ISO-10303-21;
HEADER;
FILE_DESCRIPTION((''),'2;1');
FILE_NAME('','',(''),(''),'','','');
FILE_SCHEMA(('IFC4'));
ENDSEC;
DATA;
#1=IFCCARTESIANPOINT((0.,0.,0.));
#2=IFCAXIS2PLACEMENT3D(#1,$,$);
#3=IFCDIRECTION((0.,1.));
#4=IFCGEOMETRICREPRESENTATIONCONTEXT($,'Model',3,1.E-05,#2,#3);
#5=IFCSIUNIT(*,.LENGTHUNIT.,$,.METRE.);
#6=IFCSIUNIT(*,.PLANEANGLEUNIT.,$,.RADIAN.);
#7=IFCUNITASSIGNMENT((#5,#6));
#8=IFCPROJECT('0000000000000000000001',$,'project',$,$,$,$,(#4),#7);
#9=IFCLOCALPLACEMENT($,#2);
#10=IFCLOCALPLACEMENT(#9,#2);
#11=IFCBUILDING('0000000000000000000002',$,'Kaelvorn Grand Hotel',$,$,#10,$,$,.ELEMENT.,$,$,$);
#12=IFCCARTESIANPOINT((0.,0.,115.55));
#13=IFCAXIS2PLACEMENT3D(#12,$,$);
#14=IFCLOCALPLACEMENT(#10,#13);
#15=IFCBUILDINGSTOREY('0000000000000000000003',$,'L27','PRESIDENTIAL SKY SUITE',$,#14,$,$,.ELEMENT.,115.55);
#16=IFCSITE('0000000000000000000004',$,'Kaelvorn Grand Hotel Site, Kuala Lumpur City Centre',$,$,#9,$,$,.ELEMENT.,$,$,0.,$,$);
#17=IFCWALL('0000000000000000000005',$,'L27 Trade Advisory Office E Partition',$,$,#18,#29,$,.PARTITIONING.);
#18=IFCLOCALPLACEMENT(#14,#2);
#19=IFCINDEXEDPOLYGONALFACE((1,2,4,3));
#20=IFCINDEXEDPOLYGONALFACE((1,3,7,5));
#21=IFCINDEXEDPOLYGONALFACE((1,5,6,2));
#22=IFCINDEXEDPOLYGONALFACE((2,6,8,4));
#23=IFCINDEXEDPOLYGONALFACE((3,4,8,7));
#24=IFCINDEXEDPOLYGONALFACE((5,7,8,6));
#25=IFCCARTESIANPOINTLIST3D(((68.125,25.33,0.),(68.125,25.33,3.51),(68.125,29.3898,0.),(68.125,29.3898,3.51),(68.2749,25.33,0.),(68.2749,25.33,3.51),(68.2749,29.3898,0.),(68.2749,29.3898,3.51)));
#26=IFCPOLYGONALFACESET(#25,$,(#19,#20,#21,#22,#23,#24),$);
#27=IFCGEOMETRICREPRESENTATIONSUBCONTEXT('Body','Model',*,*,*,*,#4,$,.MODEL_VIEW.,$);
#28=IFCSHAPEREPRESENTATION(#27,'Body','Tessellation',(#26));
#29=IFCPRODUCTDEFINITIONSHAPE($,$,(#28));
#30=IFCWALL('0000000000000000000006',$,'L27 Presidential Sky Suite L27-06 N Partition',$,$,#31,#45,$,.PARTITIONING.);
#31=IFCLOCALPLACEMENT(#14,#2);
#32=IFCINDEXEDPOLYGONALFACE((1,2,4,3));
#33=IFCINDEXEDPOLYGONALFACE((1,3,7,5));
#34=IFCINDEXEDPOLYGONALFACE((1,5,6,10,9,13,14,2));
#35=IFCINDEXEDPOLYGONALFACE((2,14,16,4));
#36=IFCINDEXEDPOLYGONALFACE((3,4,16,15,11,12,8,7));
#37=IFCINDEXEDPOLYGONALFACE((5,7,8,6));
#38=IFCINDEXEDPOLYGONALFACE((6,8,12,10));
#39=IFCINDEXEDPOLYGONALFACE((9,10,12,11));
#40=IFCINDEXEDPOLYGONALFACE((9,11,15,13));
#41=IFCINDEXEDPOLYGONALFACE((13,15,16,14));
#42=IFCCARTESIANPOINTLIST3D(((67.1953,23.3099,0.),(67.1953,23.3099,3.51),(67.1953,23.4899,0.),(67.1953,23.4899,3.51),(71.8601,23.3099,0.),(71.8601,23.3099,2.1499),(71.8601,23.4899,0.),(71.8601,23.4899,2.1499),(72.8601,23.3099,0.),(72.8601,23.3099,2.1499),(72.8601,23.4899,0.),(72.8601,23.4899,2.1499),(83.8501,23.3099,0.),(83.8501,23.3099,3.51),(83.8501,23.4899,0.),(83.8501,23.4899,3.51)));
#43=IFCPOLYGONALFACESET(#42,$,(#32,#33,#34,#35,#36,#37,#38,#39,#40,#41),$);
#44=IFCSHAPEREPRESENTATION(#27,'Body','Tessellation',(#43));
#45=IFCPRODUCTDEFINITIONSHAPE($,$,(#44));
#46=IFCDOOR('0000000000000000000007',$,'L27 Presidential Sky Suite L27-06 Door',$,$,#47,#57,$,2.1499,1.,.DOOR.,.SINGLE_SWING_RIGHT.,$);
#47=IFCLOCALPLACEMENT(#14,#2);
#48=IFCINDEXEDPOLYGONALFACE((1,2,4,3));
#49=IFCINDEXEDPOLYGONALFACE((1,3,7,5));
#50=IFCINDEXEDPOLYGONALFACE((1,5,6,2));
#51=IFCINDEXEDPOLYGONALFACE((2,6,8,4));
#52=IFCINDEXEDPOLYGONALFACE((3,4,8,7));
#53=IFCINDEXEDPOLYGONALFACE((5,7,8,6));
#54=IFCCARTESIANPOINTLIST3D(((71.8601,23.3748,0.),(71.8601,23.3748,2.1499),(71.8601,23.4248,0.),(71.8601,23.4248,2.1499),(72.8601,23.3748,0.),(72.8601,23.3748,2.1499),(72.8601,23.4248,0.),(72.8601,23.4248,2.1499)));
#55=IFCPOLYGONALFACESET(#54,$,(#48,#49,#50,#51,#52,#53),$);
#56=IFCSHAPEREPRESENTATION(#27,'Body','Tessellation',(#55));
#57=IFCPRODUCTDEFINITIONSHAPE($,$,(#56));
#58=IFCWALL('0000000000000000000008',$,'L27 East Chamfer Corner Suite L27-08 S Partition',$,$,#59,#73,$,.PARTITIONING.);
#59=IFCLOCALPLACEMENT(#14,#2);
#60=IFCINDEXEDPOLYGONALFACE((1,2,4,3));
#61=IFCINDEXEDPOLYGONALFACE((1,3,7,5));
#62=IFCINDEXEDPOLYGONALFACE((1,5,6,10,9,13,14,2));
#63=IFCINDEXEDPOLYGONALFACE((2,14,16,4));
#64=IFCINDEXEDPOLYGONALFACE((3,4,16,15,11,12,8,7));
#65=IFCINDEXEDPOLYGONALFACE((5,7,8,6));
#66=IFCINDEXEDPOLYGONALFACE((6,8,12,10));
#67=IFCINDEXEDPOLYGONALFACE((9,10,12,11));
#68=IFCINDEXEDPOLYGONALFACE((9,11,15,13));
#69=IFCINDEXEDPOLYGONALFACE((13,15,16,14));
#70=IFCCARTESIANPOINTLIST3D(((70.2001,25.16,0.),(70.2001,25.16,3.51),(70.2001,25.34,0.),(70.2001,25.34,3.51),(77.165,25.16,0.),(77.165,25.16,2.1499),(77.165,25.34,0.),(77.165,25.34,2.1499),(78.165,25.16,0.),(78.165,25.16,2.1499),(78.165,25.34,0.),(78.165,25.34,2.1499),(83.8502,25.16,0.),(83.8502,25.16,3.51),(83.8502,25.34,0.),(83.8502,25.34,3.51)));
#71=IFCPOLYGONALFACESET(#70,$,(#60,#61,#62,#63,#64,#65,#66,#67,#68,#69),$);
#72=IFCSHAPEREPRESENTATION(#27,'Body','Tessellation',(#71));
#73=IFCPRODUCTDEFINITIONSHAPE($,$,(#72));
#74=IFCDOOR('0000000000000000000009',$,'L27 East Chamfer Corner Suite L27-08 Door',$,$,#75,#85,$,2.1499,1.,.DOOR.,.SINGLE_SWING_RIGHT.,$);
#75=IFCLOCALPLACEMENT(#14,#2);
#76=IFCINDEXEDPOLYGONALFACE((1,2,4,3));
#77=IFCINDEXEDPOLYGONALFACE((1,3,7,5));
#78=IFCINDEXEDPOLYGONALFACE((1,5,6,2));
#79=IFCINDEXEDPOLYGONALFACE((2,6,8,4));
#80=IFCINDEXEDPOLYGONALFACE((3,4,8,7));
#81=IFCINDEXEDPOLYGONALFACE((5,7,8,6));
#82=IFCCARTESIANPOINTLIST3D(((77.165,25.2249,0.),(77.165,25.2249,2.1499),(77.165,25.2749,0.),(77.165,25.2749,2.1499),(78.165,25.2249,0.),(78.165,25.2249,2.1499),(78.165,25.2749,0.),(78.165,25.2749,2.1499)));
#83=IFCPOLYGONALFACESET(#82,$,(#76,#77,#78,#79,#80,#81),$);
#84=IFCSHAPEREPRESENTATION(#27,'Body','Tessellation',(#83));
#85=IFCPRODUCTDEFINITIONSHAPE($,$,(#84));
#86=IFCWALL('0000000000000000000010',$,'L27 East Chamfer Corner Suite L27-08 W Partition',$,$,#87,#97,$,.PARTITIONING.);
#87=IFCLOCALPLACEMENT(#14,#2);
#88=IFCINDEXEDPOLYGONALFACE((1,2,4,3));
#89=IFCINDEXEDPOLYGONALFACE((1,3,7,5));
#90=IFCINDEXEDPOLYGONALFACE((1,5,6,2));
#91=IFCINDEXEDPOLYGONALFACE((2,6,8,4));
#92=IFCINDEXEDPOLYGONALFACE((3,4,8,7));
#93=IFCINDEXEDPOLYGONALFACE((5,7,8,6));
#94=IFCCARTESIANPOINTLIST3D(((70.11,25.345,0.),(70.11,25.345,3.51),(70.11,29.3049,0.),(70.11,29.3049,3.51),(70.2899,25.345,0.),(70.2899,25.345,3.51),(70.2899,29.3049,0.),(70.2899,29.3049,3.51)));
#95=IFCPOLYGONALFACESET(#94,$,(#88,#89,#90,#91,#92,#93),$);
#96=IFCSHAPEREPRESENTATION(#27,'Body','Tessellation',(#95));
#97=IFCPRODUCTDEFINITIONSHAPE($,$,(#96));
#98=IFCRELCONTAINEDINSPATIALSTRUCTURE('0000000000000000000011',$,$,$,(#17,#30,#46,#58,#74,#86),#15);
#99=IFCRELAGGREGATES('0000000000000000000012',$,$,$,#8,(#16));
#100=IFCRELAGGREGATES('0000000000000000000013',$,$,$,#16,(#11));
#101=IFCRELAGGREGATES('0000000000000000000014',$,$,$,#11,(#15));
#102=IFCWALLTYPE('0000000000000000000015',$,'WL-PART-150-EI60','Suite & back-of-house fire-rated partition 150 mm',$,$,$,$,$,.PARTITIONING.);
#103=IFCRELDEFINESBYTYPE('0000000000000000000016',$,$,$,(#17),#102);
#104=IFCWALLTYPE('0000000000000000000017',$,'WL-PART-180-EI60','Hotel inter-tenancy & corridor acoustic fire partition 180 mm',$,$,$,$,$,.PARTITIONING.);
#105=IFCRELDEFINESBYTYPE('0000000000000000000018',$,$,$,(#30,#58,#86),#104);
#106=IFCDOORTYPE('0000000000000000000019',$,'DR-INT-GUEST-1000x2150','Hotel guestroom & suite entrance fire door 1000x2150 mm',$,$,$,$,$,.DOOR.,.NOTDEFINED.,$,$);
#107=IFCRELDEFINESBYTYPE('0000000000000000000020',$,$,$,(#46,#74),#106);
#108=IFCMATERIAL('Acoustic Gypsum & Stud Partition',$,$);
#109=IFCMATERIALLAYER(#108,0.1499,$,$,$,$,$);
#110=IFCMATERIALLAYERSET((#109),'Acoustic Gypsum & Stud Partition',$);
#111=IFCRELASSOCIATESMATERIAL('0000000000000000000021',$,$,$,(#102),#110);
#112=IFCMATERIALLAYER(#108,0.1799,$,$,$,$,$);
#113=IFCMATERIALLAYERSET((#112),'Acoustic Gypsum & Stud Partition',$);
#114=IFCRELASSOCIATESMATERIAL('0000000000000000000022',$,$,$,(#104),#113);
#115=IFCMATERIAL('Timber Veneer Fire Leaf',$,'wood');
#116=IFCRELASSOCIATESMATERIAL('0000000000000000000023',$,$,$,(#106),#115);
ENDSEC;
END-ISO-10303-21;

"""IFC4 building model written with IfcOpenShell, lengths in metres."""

from ifc_helpers import new_model, si_unit, direction, frame, frame_2d, origin, place, context, subcontext, project, spatial, rectangle, extrude, material, layer, layer_set, type_object, element, fill, save


model = new_model("IFC4")

# Units and contexts
model_context = context("Model", 3, precision=1e-05, world=origin(), true_north=direction((0.0, 1.0)))
body_context = subcontext(model_context, "Body", "Model", "MODEL_VIEW")
ifc_project = project(units=[si_unit("LENGTHUNIT", "METRE"), si_unit("PLANEANGLEUNIT", "RADIAN")], contexts=[model_context])

# Site, building, storey
site_placement = place(None, origin())
site = spatial("IfcSite", under=ifc_project, at=site_placement, Name="Kaelvorn Grand Hotel Site, Kuala Lumpur City Centre", CompositionType="ELEMENT", RefElevation=0.0)
building_placement = place(site_placement, origin())
building = spatial("IfcBuilding", under=site, at=building_placement, Name="Kaelvorn Grand Hotel", CompositionType="ELEMENT")
storey_placement = place(building_placement, frame((0.0, 0.0, 115.55)))
storey = spatial("IfcBuildingStorey", under=building, at=storey_placement, Name="L27", Description="PRESIDENTIAL SKY SUITE", CompositionType="ELEMENT", Elevation=115.55)

# Wall
ifc_material_1 = material(Name="Acoustic Gypsum & Stud Partition")
ifc_layer_1 = layer(ifc_material_1, 0.1499)
ifc_layer_set_1 = layer_set([ifc_layer_1], Name="Acoustic Gypsum & Stud Partition")
wall_type_1 = type_object("IfcWallType", Name="WL-PART-150-EI60", Description="Suite & back-of-house fire-rated partition 150 mm", PredefinedType="PARTITIONING", material=ifc_layer_set_1)
wall_1_placement = place(storey_placement, frame((68.2, 25.3301, 0.0), z_axis=(0.0, 0.0, 1.0), x_axis=(0.0, 1.0, 0.0)))
element("IfcWall", 1, at=wall_1_placement, inside=storey, type_object=wall_type_1, Name="L27 Trade Advisory Office E Partition", PredefinedType="PARTITIONING", context=body_context, shape_type="SweptSolid", body=[
    extrude(rectangle(XDim=4.0598, YDim=0.1499, at=frame_2d((2.0298, 0.0))), origin(), (0.0, 0.0, 1.0), 3.51),
])

# Walls, openings, doors
ifc_layer_2 = layer(ifc_material_1, 0.1799)
ifc_layer_set_2 = layer_set([ifc_layer_2], Name="Acoustic Gypsum & Stud Partition")
wall_type_2 = type_object("IfcWallType", Name="WL-PART-180-EI60", Description="Hotel inter-tenancy & corridor acoustic fire partition 180 mm", PredefinedType="PARTITIONING", material=ifc_layer_set_2)
wall_2_placement = place(storey_placement, frame((67.1953, 23.3999, 0.0), z_axis=(0.0, 0.0, 1.0), x_axis=(1.0, 0.0, 0.0)))
wall_2 = element("IfcWall", 2, at=wall_2_placement, inside=storey, type_object=wall_type_2, Name="L27 Presidential Sky Suite L27-06 N Partition", PredefinedType="PARTITIONING", context=body_context, shape_type="SweptSolid", body=[
    extrude(rectangle(XDim=16.6548, YDim=0.1799, at=frame_2d((8.3274, 0.0))), origin(), (0.0, 0.0, 1.0), 3.51),
])
opening_1_placement = place(wall_2_placement, frame((4.6648, 0.0, 0.0)))
opening_1 = element("IfcOpeningElement", 3, at=opening_1_placement, cuts=wall_2, PredefinedType="OPENING", context=body_context, shape_type="SweptSolid", body=[
    extrude(rectangle(XDim=1.0, YDim=2.1499, at=frame_2d((0.5, 1.075))), frame((0.0, 0.1001, 0.0), z_axis=(0.0, -1.0, 0.0), x_axis=(1.0, 0.0, 0.0)), (0.0, 0.0, 1.0), 0.2),
])
ifc_material_2 = material(Name="Timber Veneer Fire Leaf", Category="wood")
door_type_1 = type_object("IfcDoorType", Name="DR-INT-GUEST-1000x2150", Description="Hotel guestroom & suite entrance fire door 1000x2150 mm", OperationType="NOTDEFINED", PredefinedType="DOOR", material=ifc_material_2)
door_1_placement = place(opening_1_placement, origin())
door_1 = element("IfcDoor", 4, at=door_1_placement, inside=storey, type_object=door_type_1, Name="L27 Presidential Sky Suite L27-06 Door", OperationType="SINGLE_SWING_RIGHT", OverallHeight=2.1499, OverallWidth=1.0, PredefinedType="DOOR", context=body_context, shape_type="SweptSolid", body=[
    extrude(rectangle(XDim=1.0, YDim=2.1499, at=frame_2d((0.5, 1.075))), frame((0.0, 0.0249, 0.0), z_axis=(0.0, -1.0, 0.0), x_axis=(1.0, 0.0, 0.0)), (0.0, 0.0, 1.0), 0.05),
])
fill(opening_1, door_1)
wall_3_placement = place(storey_placement, frame((70.2, 25.25, 0.0), z_axis=(0.0, 0.0, 1.0), x_axis=(1.0, 0.0, 0.0)))
wall_3 = element("IfcWall", 5, at=wall_3_placement, inside=storey, type_object=wall_type_2, Name="L27 East Chamfer Corner Suite L27-08 S Partition", PredefinedType="PARTITIONING", context=body_context, shape_type="SweptSolid", body=[
    extrude(rectangle(XDim=13.6501, YDim=0.1799, at=frame_2d((6.8252, 0.0))), origin(), (0.0, 0.0, 1.0), 3.51),
])
opening_2_placement = place(wall_3_placement, frame((6.9651, 0.0, 0.0)))
opening_2 = element("IfcOpeningElement", 6, at=opening_2_placement, cuts=wall_3, PredefinedType="OPENING", context=body_context, shape_type="SweptSolid", body=[
    extrude(rectangle(XDim=1.0, YDim=2.1499, at=frame_2d((0.5, 1.075))), frame((0.0, 0.1001, 0.0), z_axis=(0.0, -1.0, 0.0), x_axis=(1.0, 0.0, 0.0)), (0.0, 0.0, 1.0), 0.2),
])
door_2_placement = place(opening_2_placement, origin())
door_2 = element("IfcDoor", 7, at=door_2_placement, inside=storey, type_object=door_type_1, Name="L27 East Chamfer Corner Suite L27-08 Door", OperationType="SINGLE_SWING_RIGHT", OverallHeight=2.1499, OverallWidth=1.0, PredefinedType="DOOR", context=body_context, shape_type="SweptSolid", body=[
    extrude(rectangle(XDim=1.0, YDim=2.1499, at=frame_2d((0.5, 1.075))), frame((0.0, 0.0249, 0.0), z_axis=(0.0, -1.0, 0.0), x_axis=(1.0, 0.0, 0.0)), (0.0, 0.0, 1.0), 0.05),
])
fill(opening_2, door_2)

# Wall
wall_4_placement = place(storey_placement, frame((70.2, 25.345, 0.0), z_axis=(0.0, 0.0, 1.0), x_axis=(0.0, 1.0, 0.0)))
element("IfcWall", 8, at=wall_4_placement, inside=storey, type_object=wall_type_2, Name="L27 East Chamfer Corner Suite L27-08 W Partition", PredefinedType="PARTITIONING", context=body_context, shape_type="SweptSolid", body=[
    extrude(rectangle(XDim=3.96, YDim=0.1799, at=frame_2d((1.98, 0.0))), origin(), (0.0, 0.0, 1.0), 3.51),
])

save(model, "model.ifc")
